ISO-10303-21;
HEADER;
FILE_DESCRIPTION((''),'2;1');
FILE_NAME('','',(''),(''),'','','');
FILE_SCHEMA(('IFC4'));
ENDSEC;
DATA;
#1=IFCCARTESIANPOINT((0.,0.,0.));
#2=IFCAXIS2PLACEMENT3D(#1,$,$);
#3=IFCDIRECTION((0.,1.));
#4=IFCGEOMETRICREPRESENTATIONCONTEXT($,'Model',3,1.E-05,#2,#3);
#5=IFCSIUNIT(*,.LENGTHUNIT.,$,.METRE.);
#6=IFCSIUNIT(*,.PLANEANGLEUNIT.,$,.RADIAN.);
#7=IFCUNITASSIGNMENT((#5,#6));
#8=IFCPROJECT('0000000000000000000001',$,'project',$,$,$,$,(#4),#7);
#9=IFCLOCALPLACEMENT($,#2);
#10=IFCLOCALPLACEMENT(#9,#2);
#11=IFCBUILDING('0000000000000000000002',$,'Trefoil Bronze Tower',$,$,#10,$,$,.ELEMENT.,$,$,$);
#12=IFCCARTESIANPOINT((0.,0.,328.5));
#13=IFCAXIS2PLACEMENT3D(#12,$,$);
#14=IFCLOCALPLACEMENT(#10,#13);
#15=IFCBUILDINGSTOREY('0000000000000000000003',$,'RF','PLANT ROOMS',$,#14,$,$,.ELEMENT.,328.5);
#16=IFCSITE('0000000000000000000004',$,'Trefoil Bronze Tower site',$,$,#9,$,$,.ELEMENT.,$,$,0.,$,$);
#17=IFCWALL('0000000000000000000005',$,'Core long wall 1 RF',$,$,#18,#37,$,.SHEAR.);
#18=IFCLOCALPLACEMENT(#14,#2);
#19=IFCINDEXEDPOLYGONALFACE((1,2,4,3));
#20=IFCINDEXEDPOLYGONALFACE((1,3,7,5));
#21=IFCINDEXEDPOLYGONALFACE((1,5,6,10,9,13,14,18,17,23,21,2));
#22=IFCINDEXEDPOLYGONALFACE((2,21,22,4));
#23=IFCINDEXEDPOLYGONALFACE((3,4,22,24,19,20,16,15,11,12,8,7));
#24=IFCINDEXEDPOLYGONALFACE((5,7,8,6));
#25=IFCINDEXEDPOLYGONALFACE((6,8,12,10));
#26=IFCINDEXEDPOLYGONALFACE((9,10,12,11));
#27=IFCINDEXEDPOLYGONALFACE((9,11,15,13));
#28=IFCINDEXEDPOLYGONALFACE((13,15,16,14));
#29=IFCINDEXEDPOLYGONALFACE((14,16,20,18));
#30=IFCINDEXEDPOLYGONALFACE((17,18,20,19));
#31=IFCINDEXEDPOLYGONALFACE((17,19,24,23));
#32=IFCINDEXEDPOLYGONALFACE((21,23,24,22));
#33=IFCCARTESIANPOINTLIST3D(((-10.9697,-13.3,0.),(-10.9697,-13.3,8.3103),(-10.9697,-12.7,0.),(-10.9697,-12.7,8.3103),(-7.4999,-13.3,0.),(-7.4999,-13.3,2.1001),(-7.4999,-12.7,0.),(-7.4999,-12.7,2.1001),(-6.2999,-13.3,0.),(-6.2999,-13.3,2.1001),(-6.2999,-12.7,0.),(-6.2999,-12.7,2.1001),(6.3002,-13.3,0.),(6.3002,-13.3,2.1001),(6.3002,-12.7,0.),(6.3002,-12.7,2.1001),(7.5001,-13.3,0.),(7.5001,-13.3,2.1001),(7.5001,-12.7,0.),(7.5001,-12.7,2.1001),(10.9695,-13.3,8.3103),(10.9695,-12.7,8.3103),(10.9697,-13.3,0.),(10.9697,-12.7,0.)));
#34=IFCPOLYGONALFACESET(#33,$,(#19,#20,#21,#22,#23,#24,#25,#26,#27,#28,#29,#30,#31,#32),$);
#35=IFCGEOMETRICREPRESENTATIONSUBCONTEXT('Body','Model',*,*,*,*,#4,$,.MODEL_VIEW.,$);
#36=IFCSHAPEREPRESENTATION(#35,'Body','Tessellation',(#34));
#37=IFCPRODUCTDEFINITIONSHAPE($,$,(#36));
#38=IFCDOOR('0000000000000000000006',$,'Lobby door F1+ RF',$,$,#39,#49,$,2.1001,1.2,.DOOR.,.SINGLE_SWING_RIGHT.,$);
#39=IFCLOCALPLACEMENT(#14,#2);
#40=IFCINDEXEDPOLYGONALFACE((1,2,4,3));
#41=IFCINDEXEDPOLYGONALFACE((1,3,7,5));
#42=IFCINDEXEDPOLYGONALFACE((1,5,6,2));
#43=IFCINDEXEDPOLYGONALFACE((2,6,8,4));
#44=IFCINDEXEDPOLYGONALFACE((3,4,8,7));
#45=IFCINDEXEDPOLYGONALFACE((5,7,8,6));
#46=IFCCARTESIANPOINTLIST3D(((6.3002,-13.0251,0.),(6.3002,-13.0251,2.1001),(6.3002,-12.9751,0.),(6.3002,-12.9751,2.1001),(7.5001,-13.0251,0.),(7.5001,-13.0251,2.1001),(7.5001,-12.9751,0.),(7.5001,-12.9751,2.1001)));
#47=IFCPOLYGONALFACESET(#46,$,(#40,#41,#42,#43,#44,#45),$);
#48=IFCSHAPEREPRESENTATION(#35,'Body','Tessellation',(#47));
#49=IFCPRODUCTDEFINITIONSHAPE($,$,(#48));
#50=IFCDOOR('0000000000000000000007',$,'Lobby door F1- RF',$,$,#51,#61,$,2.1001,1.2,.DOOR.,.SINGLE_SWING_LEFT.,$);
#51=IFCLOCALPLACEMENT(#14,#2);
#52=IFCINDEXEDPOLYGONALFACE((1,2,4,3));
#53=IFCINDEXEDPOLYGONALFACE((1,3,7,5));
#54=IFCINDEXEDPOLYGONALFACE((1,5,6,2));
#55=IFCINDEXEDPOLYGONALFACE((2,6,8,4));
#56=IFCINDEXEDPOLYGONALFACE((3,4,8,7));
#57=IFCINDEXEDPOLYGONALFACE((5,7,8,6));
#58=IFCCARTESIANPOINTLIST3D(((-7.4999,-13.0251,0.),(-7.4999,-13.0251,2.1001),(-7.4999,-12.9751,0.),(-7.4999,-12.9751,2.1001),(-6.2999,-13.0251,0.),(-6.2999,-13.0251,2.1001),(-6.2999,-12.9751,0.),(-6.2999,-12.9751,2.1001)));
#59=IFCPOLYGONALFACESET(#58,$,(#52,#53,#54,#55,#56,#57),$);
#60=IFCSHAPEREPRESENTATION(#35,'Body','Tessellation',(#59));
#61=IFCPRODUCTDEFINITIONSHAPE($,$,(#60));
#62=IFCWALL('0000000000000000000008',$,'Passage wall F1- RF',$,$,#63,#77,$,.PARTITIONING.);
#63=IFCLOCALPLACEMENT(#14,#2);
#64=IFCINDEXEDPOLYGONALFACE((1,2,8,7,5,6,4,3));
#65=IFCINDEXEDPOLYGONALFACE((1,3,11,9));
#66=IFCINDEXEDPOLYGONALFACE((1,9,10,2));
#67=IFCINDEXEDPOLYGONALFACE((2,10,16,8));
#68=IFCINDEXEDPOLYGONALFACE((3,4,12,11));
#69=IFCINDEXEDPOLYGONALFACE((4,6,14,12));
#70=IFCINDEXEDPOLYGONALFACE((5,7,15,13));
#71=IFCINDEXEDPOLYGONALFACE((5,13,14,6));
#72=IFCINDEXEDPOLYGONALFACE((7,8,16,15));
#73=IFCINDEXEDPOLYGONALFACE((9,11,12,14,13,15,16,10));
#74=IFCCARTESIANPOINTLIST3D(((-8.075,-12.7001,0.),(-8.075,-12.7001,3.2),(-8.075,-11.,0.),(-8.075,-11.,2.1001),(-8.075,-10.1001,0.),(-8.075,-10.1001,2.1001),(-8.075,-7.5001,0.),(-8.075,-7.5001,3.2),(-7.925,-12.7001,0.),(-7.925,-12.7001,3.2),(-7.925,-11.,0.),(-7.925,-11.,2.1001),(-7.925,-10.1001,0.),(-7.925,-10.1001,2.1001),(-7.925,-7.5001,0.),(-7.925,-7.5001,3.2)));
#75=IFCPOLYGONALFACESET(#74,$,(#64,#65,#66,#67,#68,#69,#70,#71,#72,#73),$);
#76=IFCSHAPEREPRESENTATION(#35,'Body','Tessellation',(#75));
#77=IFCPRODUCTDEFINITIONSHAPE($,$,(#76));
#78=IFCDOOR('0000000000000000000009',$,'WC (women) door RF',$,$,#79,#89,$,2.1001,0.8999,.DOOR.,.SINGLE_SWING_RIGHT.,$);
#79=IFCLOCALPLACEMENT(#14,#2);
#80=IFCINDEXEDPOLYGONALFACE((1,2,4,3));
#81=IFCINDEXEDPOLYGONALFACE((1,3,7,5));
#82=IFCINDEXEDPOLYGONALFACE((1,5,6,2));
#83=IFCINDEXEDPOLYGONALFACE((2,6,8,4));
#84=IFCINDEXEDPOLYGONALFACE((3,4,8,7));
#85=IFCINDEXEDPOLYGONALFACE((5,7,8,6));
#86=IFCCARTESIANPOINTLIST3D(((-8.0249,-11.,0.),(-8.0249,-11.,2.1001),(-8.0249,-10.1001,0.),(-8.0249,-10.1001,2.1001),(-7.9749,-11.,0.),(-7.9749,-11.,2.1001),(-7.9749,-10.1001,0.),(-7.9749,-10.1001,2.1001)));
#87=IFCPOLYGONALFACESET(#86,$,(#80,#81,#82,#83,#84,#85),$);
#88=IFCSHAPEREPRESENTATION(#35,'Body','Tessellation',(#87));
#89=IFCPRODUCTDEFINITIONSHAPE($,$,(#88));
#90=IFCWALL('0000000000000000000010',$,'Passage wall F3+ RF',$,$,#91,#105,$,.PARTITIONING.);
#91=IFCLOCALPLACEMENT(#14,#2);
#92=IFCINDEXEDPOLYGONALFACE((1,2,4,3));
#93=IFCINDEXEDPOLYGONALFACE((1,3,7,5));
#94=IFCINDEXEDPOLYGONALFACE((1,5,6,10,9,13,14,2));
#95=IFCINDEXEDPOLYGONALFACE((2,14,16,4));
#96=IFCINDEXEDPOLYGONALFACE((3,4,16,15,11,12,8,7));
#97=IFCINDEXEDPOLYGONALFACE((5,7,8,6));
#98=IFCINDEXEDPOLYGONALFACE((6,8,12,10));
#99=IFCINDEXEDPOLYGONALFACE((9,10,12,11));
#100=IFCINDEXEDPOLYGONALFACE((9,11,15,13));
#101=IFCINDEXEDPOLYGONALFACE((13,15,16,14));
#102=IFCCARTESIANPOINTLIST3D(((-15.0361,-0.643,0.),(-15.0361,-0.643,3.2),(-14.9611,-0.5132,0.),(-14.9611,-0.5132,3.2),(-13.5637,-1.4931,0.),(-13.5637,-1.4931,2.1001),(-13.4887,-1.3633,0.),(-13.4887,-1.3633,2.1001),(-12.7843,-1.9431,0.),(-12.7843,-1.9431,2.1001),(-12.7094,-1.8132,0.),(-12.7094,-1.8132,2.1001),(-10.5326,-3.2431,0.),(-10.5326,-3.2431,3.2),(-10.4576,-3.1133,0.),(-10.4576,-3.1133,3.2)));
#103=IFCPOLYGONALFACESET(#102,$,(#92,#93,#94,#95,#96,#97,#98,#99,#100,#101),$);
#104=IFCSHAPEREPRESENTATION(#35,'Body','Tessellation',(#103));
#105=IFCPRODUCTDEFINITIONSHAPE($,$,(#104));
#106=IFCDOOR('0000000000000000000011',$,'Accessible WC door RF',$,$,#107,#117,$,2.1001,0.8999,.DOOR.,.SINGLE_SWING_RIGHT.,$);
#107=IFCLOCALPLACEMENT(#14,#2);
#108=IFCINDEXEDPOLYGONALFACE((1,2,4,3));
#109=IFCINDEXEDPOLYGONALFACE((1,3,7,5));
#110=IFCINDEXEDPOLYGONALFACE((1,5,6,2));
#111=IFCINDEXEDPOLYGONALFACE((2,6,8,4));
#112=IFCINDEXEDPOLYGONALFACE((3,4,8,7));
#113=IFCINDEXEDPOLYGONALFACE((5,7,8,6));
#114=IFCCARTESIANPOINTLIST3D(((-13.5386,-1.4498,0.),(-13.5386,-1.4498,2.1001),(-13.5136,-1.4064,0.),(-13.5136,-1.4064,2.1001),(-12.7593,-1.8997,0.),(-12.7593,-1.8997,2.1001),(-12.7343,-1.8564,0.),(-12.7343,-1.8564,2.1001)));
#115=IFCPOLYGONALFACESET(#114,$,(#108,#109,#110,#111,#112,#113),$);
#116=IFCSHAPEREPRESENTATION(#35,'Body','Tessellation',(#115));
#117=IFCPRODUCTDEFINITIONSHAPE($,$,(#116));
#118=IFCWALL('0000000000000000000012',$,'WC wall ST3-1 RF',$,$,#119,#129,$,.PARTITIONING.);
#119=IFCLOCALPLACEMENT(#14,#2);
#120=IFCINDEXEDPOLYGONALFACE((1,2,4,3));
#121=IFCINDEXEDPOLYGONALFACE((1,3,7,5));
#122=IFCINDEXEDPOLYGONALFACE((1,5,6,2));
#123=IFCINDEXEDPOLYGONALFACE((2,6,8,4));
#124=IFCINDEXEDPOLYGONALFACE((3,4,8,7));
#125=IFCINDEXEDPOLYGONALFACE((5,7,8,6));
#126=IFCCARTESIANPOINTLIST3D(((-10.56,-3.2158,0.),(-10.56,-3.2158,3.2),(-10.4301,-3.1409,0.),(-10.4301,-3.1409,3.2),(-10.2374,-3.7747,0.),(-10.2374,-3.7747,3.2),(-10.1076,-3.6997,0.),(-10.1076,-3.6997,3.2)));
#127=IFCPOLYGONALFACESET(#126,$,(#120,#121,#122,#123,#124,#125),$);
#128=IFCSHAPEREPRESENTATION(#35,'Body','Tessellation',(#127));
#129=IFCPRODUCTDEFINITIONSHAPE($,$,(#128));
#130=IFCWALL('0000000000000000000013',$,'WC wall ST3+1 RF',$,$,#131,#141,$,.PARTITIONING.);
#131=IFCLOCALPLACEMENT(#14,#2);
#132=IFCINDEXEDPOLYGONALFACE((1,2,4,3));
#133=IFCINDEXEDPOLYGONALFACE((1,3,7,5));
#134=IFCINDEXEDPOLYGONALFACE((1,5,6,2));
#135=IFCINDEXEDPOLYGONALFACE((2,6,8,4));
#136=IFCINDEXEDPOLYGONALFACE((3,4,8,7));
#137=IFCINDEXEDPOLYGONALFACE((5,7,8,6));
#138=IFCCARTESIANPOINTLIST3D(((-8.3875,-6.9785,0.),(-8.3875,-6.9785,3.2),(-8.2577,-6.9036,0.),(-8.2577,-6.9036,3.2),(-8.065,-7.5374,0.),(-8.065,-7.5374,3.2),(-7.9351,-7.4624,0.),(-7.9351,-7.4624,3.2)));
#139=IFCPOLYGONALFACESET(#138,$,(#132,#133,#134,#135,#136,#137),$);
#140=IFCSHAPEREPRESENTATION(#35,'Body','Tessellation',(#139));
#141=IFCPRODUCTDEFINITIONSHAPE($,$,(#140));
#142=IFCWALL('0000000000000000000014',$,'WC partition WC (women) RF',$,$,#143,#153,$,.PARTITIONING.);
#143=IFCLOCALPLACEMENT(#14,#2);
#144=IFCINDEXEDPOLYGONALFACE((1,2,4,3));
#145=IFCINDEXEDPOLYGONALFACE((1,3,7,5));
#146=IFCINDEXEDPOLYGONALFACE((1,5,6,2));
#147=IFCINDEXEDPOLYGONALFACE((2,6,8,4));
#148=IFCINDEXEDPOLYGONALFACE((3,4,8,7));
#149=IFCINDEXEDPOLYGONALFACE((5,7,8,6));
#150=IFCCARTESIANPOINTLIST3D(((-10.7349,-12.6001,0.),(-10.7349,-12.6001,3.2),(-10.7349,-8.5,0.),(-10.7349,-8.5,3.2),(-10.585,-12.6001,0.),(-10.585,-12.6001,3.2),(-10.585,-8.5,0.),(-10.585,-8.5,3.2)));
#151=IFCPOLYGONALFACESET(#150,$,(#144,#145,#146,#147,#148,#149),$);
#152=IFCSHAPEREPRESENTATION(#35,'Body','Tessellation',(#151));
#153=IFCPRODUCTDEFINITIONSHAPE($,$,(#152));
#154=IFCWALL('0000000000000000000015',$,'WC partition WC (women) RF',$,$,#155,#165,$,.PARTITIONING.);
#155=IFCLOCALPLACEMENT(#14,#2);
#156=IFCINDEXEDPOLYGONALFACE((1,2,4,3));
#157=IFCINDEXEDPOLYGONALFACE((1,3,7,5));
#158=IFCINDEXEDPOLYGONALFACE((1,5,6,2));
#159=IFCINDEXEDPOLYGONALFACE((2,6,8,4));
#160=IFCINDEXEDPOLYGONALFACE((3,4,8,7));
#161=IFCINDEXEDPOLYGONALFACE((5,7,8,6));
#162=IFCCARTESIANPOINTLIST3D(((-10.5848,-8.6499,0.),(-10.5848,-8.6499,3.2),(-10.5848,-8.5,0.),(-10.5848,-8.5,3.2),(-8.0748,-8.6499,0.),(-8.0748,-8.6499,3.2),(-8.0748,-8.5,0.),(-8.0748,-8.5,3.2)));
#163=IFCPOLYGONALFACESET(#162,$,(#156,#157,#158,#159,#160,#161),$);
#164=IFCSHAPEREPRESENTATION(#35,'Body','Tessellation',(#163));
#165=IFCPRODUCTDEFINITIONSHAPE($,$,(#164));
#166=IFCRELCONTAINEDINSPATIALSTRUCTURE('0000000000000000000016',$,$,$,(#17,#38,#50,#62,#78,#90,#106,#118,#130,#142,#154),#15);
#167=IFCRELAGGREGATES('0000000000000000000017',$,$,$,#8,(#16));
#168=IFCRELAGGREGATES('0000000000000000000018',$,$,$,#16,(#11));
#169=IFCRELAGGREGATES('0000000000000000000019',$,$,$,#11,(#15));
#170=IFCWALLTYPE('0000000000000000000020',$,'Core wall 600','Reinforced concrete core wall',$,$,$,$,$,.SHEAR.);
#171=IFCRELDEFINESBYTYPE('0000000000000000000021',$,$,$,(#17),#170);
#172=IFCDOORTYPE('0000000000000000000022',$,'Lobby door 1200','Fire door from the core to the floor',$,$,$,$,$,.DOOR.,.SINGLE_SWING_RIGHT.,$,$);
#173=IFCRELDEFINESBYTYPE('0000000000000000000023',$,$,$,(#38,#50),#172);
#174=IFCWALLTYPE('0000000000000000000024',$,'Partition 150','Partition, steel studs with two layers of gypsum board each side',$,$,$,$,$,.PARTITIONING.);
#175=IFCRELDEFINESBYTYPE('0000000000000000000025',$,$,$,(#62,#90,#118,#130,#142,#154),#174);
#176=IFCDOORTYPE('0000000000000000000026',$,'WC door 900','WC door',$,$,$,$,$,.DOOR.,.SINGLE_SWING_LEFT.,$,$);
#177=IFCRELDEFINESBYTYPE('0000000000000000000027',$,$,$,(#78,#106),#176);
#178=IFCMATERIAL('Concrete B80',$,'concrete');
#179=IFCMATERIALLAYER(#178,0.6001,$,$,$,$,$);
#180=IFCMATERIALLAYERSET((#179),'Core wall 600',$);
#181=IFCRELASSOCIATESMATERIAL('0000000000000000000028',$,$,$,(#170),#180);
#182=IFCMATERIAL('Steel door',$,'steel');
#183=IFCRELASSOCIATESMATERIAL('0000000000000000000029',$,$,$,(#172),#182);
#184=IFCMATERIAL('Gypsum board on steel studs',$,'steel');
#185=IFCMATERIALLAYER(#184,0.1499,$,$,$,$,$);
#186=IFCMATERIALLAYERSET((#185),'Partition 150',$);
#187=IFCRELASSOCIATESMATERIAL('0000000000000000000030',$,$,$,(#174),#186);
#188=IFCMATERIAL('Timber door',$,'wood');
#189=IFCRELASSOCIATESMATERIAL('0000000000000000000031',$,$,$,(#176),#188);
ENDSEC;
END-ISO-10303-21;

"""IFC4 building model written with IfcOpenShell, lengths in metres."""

from ifc_helpers import new_model, si_unit, direction, frame, frame_2d, origin, place, context, subcontext, project, spatial, polyline, rectangle, outline, extrude, material, layer, layer_set, type_object, element, fill, save


model = new_model("IFC4")

# Units and contexts
model_context = context("Model", 3, precision=1e-05, world=origin(), true_north=direction((0.0, 1.0)))
body_context = subcontext(model_context, "Body", "Model", "MODEL_VIEW")
ifc_project = project(units=[si_unit("LENGTHUNIT", "METRE"), si_unit("PLANEANGLEUNIT", "RADIAN")], contexts=[model_context])

# Site, building, storey
site_placement = place(None, origin())
site = spatial("IfcSite", under=ifc_project, at=site_placement, Name="Trefoil Bronze Tower site", CompositionType="ELEMENT", RefElevation=0.0)
building_placement = place(site_placement, origin())
building = spatial("IfcBuilding", under=site, at=building_placement, Name="Trefoil Bronze Tower", CompositionType="ELEMENT")
storey_placement = place(building_placement, frame((0.0, 0.0, 328.5)))
storey = spatial("IfcBuildingStorey", under=building, at=storey_placement, Name="RF", Description="PLANT ROOMS", CompositionType="ELEMENT", Elevation=328.5)

# Wall, openings, doors
ifc_material_1 = material(Name="Concrete B80", Category="concrete")
ifc_layer_1 = layer(ifc_material_1, 0.6001)
ifc_layer_set_1 = layer_set([ifc_layer_1], Name="Core wall 600")
wall_type_1 = type_object("IfcWallType", Name="Core wall 600", Description="Reinforced concrete core wall", PredefinedType="SHEAR", material=ifc_layer_set_1)
wall_1_placement = place(storey_placement, frame((-10.9697, -13.0, 0.0), z_axis=(0.0, 0.0, 1.0), x_axis=(1.0, 0.0, 0.0)))
wall_1 = element("IfcWall", 1, at=wall_1_placement, inside=storey, type_object=wall_type_1, Name="Core long wall 1 RF", PredefinedType="SHEAR", context=body_context, shape_type="SweptSolid", body=[
    extrude(outline(polyline([(0.0, 0.0), (21.9395, 0.0), (21.9392, 8.3103), (0.0, 8.3103), (0.0, 0.0)])), frame((0.0, 0.3, 0.0), z_axis=(0.0, -1.0, 0.0), x_axis=(1.0, 0.0, 0.0)), (0.0, 0.0, 1.0), 0.6001),
])
opening_1_placement = place(wall_1_placement, frame((17.2698, 0.0, 0.0)))
opening_1 = element("IfcOpeningElement", 2, at=opening_1_placement, cuts=wall_1, PredefinedType="OPENING", context=body_context, shape_type="SweptSolid", body=[
    extrude(rectangle(XDim=1.2, YDim=2.1001, at=frame_2d((0.6001, 1.05))), frame((0.0, 0.3101, 0.0), z_axis=(0.0, -1.0, 0.0), x_axis=(1.0, 0.0, 0.0)), (0.0, 0.0, 1.0), 0.6201),
])
opening_2_placement = place(wall_1_placement, frame((3.4697, 0.0, 0.0)))
opening_2 = element("IfcOpeningElement", 3, at=opening_2_placement, cuts=wall_1, PredefinedType="OPENING", context=body_context, shape_type="SweptSolid", body=[
    extrude(rectangle(XDim=1.2, YDim=2.1001, at=frame_2d((0.6001, 1.05))), frame((0.0, 0.3101, 0.0), z_axis=(0.0, -1.0, 0.0), x_axis=(1.0, 0.0, 0.0)), (0.0, 0.0, 1.0), 0.6201),
])
ifc_material_2 = material(Name="Steel door", Category="steel")
door_type_1 = type_object("IfcDoorType", Name="Lobby door 1200", Description="Fire door from the core to the floor", OperationType="SINGLE_SWING_RIGHT", PredefinedType="DOOR", material=ifc_material_2)
door_1_placement = place(opening_1_placement, origin())
door_1 = element("IfcDoor", 4, at=door_1_placement, inside=storey, type_object=door_type_1, Name="Lobby door F1+ RF", OperationType="SINGLE_SWING_RIGHT", OverallHeight=2.1001, OverallWidth=1.2, PredefinedType="DOOR", context=body_context, shape_type="SweptSolid", body=[
    extrude(rectangle(XDim=1.2, YDim=2.1001, at=frame_2d((0.6001, 1.05))), frame((0.0, 0.0249, 0.0), z_axis=(0.0, -1.0, 0.0), x_axis=(1.0, 0.0, 0.0)), (0.0, 0.0, 1.0), 0.05),
])
fill(opening_1, door_1)
door_2_placement = place(opening_2_placement, origin())
door_2 = element("IfcDoor", 5, at=door_2_placement, inside=storey, type_object=door_type_1, Name="Lobby door F1- RF", OperationType="SINGLE_SWING_LEFT", OverallHeight=2.1001, OverallWidth=1.2, PredefinedType="DOOR", context=body_context, shape_type="SweptSolid", body=[
    extrude(rectangle(XDim=1.2, YDim=2.1001, at=frame_2d((0.6001, 1.05))), frame((0.0, 0.0249, 0.0), z_axis=(0.0, -1.0, 0.0), x_axis=(1.0, 0.0, 0.0)), (0.0, 0.0, 1.0), 0.05),
])
fill(opening_2, door_2)

# Walls, openings, doors
ifc_material_3 = material(Name="Gypsum board on steel studs", Category="steel")
ifc_layer_2 = layer(ifc_material_3, 0.1499)
ifc_layer_set_2 = layer_set([ifc_layer_2], Name="Partition 150")
wall_type_2 = type_object("IfcWallType", Name="Partition 150", Description="Partition, steel studs with two layers of gypsum board each side", PredefinedType="PARTITIONING", material=ifc_layer_set_2)
wall_2_placement = place(storey_placement, frame((-8.0, -7.5, 0.0), z_axis=(0.0, 0.0, 1.0), x_axis=(0.0, -1.0, 0.0)))
wall_2 = element("IfcWall", 6, at=wall_2_placement, inside=storey, type_object=wall_type_2, Name="Passage wall F1- RF", PredefinedType="PARTITIONING", context=body_context, shape_type="SweptSolid", body=[
    extrude(rectangle(XDim=5.2, YDim=0.1499, at=frame_2d((2.6001, 0.0))), origin(), (0.0, 0.0, 1.0), 3.2),
])
opening_3_placement = place(wall_2_placement, frame((2.6001, 0.0, 0.0)))
opening_3 = element("IfcOpeningElement", 7, at=opening_3_placement, cuts=wall_2, PredefinedType="OPENING", context=body_context, shape_type="SweptSolid", body=[
    extrude(rectangle(XDim=0.8999, YDim=2.1001, at=frame_2d((0.45, 1.05))), frame((0.0, 0.085, 0.0), z_axis=(0.0, -1.0, 0.0), x_axis=(1.0, 0.0, 0.0)), (0.0, 0.0, 1.0), 0.1699),
])
ifc_material_4 = material(Name="Timber door", Category="wood")
door_type_2 = type_object("IfcDoorType", Name="WC door 900", Description="WC door", OperationType="SINGLE_SWING_LEFT", PredefinedType="DOOR", material=ifc_material_4)
door_3_placement = place(opening_3_placement, frame((0.8999, 0.0, 0.0), z_axis=(0.0, 0.0, 1.0), x_axis=(-1.0, 0.0, 0.0)))
door_3 = element("IfcDoor", 8, at=door_3_placement, inside=storey, type_object=door_type_2, Name="WC (women) door RF", OperationType="SINGLE_SWING_RIGHT", OverallHeight=2.1001, OverallWidth=0.8999, PredefinedType="DOOR", context=body_context, shape_type="SweptSolid", body=[
    extrude(rectangle(XDim=0.8999, YDim=2.1001, at=frame_2d((0.45, 1.05))), frame((0.0, 0.0249, 0.0), z_axis=(0.0, -1.0, 0.0), x_axis=(1.0, 0.0, 0.0)), (0.0, 0.0, 1.0), 0.05),
])
fill(opening_3, door_3)
wall_3_placement = place(storey_placement, frame((-10.4951, -3.1782, 0.0), z_axis=(0.0, 0.0, 1.0), x_axis=(-0.866021, 0.500007, 0.0)))
wall_3 = element("IfcWall", 9, at=wall_3_placement, inside=storey, type_object=wall_type_2, Name="Passage wall F3+ RF", PredefinedType="PARTITIONING", context=body_context, shape_type="SweptSolid", body=[
    extrude(rectangle(XDim=5.2002, YDim=0.1499, at=frame_2d((2.6001, 0.0))), origin(), (0.0, 0.0, 1.0), 3.2),
])
opening_4_placement = place(wall_3_placement, frame((2.6001, 0.0, 0.0)))
opening_4 = element("IfcOpeningElement", 10, at=opening_4_placement, cuts=wall_3, PredefinedType="OPENING", context=body_context, shape_type="SweptSolid", body=[
    extrude(rectangle(XDim=0.8999, YDim=2.1001, at=frame_2d((0.45, 1.05))), frame((0.0, 0.085, 0.0), z_axis=(0.0, -1.0, 0.0), x_axis=(1.0, 0.0, 0.0)), (0.0, 0.0, 1.0), 0.1699),
])
door_4_placement = place(opening_4_placement, origin())
door_4 = element("IfcDoor", 11, at=door_4_placement, inside=storey, type_object=door_type_2, Name="Accessible WC door RF", OperationType="SINGLE_SWING_RIGHT", OverallHeight=2.1001, OverallWidth=0.8999, PredefinedType="DOOR", context=body_context, shape_type="SweptSolid", body=[
    extrude(rectangle(XDim=0.8999, YDim=2.1001, at=frame_2d((0.45, 1.05))), frame((0.0, 0.0249, 0.0), z_axis=(0.0, -1.0, 0.0), x_axis=(1.0, 0.0, 0.0)), (0.0, 0.0, 1.0), 0.05),
])
fill(opening_4, door_4)

# Walls
for number, where, z_axis, x_axis, name in (
    (12, (-10.4951, -3.1782, 0.0), (0.0, 0.0, 1.0), (0.499843, -0.866116, 0.0), "WC wall ST3-1 RF"),
    (13, (-8.0, -7.5, 0.0), (0.0, 0.0, 1.0), (-0.499843, 0.866116, 0.0), "WC wall ST3+1 RF"),
):
    element("IfcWall", number, at=place(storey_placement, frame(where, z_axis=z_axis, x_axis=x_axis)), inside=storey, type_object=wall_type_2, Name=name, PredefinedType="PARTITIONING", context=body_context, shape_type="SweptSolid", body=[
        extrude(rectangle(XDim=0.6453, YDim=0.1499, at=frame_2d((0.3228, 0.0))), origin(), (0.0, 0.0, 1.0), 3.2),
    ])
wall_4_placement = place(storey_placement, frame((-10.6599, -8.5, 0.0), z_axis=(0.0, 0.0, 1.0), x_axis=(0.0, -1.0, 0.0)))
element("IfcWall", 14, at=wall_4_placement, inside=storey, type_object=wall_type_2, Name="WC partition WC (women) RF", PredefinedType="PARTITIONING", context=body_context, shape_type="SweptSolid", body=[
    extrude(rectangle(XDim=4.1001, YDim=0.1499, at=frame_2d((2.05, 0.0))), origin(), (0.0, 0.0, 1.0), 3.2),
])
wall_5_placement = place(storey_placement, frame((-8.075, -8.575, 0.0), z_axis=(0.0, 0.0, 1.0), x_axis=(-1.0, 0.0, 0.0)))
element("IfcWall", 15, at=wall_5_placement, inside=storey, type_object=wall_type_2, Name="WC partition WC (women) RF", PredefinedType="PARTITIONING", context=body_context, shape_type="SweptSolid", body=[
    extrude(rectangle(XDim=2.51, YDim=0.1499, at=frame_2d((1.2549, 0.0))), origin(), (0.0, 0.0, 1.0), 3.2),
])

save(model, "model.ifc")
